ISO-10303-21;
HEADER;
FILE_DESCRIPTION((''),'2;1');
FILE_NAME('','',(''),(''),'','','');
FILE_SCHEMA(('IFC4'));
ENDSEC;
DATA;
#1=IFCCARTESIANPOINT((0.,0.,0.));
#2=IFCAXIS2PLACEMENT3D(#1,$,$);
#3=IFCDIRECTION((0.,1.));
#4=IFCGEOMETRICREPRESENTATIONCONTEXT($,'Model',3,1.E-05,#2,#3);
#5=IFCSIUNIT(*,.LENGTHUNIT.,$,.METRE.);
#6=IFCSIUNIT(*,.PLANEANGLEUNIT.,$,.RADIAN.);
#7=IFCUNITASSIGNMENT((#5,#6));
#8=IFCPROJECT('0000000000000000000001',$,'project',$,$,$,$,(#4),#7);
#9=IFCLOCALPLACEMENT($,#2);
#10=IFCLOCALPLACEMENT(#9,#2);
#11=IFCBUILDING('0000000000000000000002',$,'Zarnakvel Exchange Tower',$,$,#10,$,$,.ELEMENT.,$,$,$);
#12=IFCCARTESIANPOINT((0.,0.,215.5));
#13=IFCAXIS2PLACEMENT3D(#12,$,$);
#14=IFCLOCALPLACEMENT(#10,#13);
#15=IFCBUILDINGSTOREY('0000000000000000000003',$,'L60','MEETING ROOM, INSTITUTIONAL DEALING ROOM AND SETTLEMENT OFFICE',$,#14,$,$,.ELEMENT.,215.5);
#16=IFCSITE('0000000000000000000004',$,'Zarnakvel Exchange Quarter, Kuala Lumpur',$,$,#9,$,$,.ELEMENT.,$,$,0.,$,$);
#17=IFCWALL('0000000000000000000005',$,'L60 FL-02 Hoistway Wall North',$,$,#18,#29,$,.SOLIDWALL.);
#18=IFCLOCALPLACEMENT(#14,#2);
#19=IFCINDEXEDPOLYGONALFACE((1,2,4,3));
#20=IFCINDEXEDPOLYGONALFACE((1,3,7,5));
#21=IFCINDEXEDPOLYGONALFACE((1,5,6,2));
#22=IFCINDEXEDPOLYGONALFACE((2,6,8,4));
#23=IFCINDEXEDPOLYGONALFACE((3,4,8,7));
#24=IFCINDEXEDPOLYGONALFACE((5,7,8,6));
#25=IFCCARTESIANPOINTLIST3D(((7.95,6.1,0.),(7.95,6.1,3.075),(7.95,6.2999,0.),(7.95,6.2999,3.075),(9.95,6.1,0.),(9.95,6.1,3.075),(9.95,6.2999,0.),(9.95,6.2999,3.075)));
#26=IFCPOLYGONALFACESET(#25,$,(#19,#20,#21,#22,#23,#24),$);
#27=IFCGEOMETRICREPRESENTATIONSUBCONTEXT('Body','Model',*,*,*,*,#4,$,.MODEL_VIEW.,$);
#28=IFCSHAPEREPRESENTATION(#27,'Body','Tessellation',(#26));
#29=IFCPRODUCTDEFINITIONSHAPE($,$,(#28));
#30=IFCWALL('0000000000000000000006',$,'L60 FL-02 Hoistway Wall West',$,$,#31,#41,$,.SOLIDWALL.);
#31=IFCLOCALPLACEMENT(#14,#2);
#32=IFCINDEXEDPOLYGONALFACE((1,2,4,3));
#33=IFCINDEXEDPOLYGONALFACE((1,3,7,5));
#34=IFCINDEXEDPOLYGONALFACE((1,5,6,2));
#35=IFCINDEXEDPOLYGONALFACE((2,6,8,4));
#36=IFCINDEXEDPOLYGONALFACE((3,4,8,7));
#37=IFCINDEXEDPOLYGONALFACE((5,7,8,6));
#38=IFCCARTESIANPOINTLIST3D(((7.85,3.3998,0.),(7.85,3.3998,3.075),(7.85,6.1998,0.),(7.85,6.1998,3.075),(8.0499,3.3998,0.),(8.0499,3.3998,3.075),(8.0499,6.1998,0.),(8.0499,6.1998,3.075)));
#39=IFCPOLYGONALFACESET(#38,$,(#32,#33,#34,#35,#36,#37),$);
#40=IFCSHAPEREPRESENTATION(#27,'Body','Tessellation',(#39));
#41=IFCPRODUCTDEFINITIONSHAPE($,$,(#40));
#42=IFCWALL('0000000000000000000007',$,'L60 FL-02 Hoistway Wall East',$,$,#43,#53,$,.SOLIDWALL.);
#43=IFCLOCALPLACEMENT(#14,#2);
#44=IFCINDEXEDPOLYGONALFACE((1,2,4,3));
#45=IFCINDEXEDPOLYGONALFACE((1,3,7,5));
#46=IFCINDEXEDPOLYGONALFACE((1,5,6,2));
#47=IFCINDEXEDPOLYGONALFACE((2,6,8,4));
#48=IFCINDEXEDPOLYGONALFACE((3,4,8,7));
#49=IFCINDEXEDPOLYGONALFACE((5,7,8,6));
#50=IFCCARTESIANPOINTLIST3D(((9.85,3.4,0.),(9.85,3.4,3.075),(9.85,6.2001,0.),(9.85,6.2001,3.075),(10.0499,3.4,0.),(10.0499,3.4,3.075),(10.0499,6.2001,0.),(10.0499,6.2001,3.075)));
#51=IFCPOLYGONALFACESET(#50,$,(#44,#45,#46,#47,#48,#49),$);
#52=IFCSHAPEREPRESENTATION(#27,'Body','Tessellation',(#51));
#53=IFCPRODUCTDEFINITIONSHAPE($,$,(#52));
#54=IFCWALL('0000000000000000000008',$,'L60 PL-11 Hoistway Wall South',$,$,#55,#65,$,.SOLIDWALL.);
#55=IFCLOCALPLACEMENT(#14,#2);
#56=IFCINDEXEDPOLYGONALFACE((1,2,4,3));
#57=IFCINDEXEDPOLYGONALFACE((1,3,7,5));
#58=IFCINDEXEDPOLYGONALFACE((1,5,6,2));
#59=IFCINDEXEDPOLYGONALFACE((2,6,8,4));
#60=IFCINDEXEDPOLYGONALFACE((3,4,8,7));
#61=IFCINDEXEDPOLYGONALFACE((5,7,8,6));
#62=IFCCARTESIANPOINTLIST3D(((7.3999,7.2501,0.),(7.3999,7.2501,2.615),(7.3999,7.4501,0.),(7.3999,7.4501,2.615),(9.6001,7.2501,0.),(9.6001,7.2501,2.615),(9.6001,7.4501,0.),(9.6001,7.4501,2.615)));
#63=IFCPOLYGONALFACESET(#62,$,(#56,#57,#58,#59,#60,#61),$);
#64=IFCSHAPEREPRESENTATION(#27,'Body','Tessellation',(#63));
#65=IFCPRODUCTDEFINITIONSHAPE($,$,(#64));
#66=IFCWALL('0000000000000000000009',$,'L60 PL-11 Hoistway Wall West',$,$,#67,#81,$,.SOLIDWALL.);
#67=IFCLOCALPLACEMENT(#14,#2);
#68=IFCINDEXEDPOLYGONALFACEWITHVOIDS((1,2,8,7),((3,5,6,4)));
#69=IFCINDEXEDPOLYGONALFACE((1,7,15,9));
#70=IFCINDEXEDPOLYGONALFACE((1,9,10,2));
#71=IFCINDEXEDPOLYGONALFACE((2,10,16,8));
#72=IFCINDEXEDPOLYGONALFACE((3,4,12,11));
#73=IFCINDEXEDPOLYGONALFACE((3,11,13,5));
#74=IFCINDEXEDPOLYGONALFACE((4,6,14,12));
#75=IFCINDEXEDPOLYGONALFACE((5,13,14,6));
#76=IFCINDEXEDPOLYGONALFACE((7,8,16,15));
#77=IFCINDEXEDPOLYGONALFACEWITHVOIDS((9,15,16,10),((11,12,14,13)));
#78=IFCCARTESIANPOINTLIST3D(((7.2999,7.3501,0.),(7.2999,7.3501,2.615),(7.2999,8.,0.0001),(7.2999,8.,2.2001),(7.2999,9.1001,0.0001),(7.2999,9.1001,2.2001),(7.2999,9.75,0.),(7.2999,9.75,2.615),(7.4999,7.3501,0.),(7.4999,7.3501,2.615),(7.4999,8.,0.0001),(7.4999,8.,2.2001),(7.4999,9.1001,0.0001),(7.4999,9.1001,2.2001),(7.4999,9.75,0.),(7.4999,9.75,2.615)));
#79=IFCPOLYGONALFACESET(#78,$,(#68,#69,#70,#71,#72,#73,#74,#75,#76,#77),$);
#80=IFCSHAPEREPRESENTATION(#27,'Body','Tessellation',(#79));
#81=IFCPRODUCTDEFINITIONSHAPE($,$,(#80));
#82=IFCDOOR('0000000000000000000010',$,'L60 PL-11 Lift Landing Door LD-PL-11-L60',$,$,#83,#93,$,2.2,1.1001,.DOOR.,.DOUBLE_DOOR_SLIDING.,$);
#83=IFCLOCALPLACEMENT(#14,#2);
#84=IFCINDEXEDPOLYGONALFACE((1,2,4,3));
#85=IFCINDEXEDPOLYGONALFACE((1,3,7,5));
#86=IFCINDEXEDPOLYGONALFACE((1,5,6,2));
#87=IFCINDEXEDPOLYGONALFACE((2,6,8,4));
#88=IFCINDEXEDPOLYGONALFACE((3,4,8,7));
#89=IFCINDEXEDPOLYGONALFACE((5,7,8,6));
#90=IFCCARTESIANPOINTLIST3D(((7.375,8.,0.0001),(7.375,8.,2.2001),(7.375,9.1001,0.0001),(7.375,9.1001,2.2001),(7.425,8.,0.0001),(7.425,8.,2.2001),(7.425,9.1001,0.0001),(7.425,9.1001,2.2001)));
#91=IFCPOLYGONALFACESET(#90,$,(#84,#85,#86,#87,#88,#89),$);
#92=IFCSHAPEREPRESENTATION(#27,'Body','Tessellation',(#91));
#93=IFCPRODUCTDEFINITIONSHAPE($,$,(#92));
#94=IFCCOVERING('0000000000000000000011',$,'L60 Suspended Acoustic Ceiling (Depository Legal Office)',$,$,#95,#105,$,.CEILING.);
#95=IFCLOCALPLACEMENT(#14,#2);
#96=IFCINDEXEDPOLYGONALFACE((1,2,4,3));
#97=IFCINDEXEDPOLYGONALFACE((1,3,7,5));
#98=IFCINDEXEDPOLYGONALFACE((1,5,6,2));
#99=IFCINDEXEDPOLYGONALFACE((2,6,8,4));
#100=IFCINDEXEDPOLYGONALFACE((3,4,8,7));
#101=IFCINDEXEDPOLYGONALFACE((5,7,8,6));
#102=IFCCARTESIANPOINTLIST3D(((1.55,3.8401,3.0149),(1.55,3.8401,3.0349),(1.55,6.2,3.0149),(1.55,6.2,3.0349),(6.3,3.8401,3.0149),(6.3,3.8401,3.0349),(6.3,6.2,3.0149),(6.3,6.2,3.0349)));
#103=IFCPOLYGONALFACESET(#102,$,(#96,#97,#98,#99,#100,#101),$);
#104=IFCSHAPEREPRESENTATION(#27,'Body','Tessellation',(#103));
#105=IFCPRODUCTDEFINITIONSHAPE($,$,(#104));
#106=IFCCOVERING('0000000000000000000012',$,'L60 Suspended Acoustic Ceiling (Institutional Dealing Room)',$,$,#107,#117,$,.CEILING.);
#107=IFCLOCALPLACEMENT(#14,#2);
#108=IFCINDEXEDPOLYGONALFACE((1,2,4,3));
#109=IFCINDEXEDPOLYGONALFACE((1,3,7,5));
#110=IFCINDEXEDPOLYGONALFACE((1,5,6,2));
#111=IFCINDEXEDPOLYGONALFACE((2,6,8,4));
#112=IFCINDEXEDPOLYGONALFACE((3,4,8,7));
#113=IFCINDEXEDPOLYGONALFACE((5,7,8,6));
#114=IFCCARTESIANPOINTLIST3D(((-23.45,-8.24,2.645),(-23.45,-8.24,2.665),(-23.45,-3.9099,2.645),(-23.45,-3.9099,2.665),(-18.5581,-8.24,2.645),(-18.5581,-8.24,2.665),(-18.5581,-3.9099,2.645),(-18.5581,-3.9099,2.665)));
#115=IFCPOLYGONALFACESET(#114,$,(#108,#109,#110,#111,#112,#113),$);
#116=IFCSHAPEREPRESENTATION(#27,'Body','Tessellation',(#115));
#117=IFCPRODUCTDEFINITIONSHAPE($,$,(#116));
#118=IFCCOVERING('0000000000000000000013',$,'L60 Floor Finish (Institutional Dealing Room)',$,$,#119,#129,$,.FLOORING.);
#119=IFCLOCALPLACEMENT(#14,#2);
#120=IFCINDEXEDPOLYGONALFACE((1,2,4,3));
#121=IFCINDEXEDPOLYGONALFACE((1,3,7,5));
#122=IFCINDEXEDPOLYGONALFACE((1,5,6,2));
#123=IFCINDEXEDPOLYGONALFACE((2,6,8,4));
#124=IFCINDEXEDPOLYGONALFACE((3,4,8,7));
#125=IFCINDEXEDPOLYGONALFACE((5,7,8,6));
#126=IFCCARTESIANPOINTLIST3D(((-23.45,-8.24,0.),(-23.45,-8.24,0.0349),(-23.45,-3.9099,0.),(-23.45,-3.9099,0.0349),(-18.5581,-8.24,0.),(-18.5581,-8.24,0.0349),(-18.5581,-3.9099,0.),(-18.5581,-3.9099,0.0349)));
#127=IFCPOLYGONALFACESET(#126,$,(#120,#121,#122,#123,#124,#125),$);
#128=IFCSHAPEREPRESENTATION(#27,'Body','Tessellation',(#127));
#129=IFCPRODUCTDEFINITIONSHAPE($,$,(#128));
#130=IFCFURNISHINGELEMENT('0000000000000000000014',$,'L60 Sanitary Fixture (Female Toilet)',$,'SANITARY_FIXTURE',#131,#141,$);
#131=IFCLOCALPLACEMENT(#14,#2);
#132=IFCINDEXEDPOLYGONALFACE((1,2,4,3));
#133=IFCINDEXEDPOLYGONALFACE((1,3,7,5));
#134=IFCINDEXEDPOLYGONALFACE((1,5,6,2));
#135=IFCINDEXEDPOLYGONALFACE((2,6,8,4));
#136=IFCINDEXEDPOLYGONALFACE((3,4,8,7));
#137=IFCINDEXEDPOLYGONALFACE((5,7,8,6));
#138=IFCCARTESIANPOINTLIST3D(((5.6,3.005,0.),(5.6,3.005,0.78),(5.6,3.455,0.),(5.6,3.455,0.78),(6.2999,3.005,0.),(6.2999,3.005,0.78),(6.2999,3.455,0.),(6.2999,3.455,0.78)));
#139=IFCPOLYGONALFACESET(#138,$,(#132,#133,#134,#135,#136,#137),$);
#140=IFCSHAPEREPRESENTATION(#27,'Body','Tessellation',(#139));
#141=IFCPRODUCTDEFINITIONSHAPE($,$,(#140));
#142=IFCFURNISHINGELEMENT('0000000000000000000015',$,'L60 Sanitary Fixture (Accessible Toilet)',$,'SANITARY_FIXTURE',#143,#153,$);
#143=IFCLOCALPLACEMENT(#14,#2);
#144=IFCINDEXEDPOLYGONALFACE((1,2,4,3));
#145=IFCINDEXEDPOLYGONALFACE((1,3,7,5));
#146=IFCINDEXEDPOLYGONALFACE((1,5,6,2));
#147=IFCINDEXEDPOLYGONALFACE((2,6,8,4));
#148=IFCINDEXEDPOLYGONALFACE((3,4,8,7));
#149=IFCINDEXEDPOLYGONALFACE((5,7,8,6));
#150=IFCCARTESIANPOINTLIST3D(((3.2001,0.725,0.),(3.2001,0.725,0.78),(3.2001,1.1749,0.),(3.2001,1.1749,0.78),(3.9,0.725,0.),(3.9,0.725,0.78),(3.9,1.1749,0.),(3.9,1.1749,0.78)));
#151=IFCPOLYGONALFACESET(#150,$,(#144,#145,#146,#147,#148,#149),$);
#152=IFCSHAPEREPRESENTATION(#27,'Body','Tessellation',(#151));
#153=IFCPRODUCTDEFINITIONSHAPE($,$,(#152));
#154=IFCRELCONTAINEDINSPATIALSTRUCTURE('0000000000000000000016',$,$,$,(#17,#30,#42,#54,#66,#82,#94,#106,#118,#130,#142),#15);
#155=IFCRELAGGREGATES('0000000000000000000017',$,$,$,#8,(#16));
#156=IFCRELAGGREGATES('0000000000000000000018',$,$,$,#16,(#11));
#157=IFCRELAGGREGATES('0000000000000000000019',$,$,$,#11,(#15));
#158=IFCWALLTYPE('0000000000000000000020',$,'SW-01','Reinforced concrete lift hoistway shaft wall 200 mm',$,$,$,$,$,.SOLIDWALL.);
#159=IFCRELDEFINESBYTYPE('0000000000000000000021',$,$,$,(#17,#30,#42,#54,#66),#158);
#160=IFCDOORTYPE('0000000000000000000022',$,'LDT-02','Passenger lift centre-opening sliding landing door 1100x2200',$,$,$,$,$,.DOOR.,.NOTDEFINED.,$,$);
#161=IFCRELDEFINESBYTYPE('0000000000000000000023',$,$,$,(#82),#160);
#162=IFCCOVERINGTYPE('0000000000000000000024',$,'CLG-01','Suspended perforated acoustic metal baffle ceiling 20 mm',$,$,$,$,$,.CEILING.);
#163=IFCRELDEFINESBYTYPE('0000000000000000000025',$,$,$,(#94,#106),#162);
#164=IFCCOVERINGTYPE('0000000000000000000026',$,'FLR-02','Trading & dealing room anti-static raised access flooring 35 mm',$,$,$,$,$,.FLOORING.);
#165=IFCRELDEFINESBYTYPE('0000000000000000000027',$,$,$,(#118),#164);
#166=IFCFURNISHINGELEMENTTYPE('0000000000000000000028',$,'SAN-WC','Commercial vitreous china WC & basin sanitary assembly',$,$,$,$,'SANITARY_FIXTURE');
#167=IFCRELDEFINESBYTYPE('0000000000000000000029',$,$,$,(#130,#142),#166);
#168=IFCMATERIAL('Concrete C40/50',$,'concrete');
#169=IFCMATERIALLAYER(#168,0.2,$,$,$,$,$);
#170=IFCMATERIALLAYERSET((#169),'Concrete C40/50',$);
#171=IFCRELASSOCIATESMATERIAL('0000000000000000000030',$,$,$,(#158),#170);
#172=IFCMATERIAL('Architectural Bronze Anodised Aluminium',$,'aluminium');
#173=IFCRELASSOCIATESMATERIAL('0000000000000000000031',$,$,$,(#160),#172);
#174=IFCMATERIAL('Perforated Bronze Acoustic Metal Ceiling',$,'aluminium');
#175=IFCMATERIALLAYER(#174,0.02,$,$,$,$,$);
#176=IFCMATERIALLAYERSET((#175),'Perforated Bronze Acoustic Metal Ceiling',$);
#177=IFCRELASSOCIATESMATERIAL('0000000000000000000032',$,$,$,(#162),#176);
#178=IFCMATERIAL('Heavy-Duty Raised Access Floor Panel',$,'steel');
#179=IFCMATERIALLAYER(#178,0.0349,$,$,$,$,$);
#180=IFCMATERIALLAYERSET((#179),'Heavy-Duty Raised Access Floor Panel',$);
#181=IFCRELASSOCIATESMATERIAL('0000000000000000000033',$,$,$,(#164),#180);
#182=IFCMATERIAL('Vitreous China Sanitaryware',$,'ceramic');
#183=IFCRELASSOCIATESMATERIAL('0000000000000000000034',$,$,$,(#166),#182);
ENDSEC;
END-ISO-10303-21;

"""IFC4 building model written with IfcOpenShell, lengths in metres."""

from ifc_helpers import new_model, si_unit, direction, frame, frame_2d, origin, origin_2d, place, context, subcontext, project, spatial, polyline, rectangle, outline, extrude, source, transform, mapped, material, layer, layer_set, type_object, element, fill, save


model = new_model("IFC4")

# Units and contexts
model_context = context("Model", 3, precision=1e-05, world=origin(), true_north=direction((0.0, 1.0)))
body_context = subcontext(model_context, "Body", "Model", "MODEL_VIEW")
ifc_project = project(units=[si_unit("LENGTHUNIT", "METRE"), si_unit("PLANEANGLEUNIT", "RADIAN")], contexts=[model_context])

# Site, building, storey
site_placement = place(None, origin())
site = spatial("IfcSite", under=ifc_project, at=site_placement, Name="Zarnakvel Exchange Quarter, Kuala Lumpur", CompositionType="ELEMENT", RefElevation=0.0)
building_placement = place(site_placement, origin())
building = spatial("IfcBuilding", under=site, at=building_placement, Name="Zarnakvel Exchange Tower", CompositionType="ELEMENT")
storey_placement = place(building_placement, frame((0.0, 0.0, 215.5)))
storey = spatial("IfcBuildingStorey", under=building, at=storey_placement, Name="L60", Description="MEETING ROOM, INSTITUTIONAL DEALING ROOM AND SETTLEMENT OFFICE", CompositionType="ELEMENT", Elevation=215.5)

# Shared definitions
ifc_material_1 = material(Name="Concrete C40/50", Category="concrete")
ifc_layer_1 = layer(ifc_material_1, 0.2)
ifc_layer_set_1 = layer_set([ifc_layer_1], Name="Concrete C40/50")
wall_type_1 = type_object("IfcWallType", Name="SW-01", Description="Reinforced concrete lift hoistway shaft wall 200 mm", PredefinedType="SOLIDWALL", material=ifc_layer_set_1)
shared_shape_1 = source(origin(), body_context, "Body", "SweptSolid", [
    extrude(rectangle(XDim=1.1001, YDim=2.2, at=frame_2d((0.55, 1.1001))), frame((0.0, 0.0249, 0.0), z_axis=(0.0, -1.0, 0.0), x_axis=(1.0, 0.0, 0.0)), (0.0, 0.0, 1.0), 0.05),
])

# Walls
wall_1_placement = place(storey_placement, frame((7.95, 6.2, 0.0), z_axis=(0.0, 0.0, 1.0), x_axis=(1.0, 0.0, 0.0)))
element("IfcWall", 1, at=wall_1_placement, inside=storey, type_object=wall_type_1, Name="L60 FL-02 Hoistway Wall North", PredefinedType="SOLIDWALL", context=body_context, shape_type="SweptSolid", body=[
    extrude(rectangle(XDim=2.0, YDim=0.2, at=frame_2d((1.0, 0.0))), origin(), (0.0, 0.0, 1.0), 3.075),
])
for number, where, z_axis, x_axis, name in (
    (2, (7.95, 3.3999, 0.0), (0.0, 0.0, 1.0), (0.0, 1.0, 0.0), "L60 FL-02 Hoistway Wall West"),
    (3, (9.95, 6.2, 0.0), (0.0, 0.0, 1.0), (0.0, -1.0, 0.0), "L60 FL-02 Hoistway Wall East"),
):
    element("IfcWall", number, at=place(storey_placement, frame(where, z_axis=z_axis, x_axis=x_axis)), inside=storey, type_object=wall_type_1, Name=name, PredefinedType="SOLIDWALL", context=body_context, shape_type="SweptSolid", body=[
        extrude(rectangle(XDim=2.8, YDim=0.2, at=frame_2d((1.3999, 0.0))), origin(), (0.0, 0.0, 1.0), 3.075),
    ])
wall_2_placement = place(storey_placement, frame((9.6001, 7.3501, 0.0), z_axis=(0.0, 0.0, 1.0), x_axis=(-1.0, 0.0, 0.0)))
element("IfcWall", 4, at=wall_2_placement, inside=storey, type_object=wall_type_1, Name="L60 PL-11 Hoistway Wall South", PredefinedType="SOLIDWALL", context=body_context, shape_type="SweptSolid", body=[
    extrude(rectangle(XDim=2.2002, YDim=0.2, at=frame_2d((1.1001, 0.0))), origin(), (0.0, 0.0, 1.0), 2.615),
])

# Wall, opening, door
wall_3_placement = place(storey_placement, frame((7.3999, 7.3501, 0.0), z_axis=(0.0, 0.0, 1.0), x_axis=(0.0, 1.0, 0.0)))
wall_3 = element("IfcWall", 5, at=wall_3_placement, inside=storey, type_object=wall_type_1, Name="L60 PL-11 Hoistway Wall West", PredefinedType="SOLIDWALL", context=body_context, shape_type="SweptSolid", body=[
    extrude(rectangle(XDim=2.3999, YDim=0.2, at=frame_2d((1.2, 0.0))), origin(), (0.0, 0.0, 1.0), 2.615),
])
opening_1_placement = place(wall_3_placement, frame((0.6499, 0.0, 0.0)))
opening_1 = element("IfcOpeningElement", 6, at=opening_1_placement, cuts=wall_3, PredefinedType="OPENING", context=body_context, shape_type="SweptSolid", body=[
    extrude(rectangle(XDim=1.1001, YDim=2.2, at=frame_2d((0.55, 1.1001))), frame((0.0, 0.1099, 0.0), z_axis=(0.0, -1.0, 0.0), x_axis=(1.0, 0.0, 0.0)), (0.0, 0.0, 1.0), 0.22),
])
ifc_material_2 = material(Name="Architectural Bronze Anodised Aluminium", Category="aluminium")
door_type_1 = type_object("IfcDoorType", Name="LDT-02", Description="Passenger lift centre-opening sliding landing door 1100x2200", OperationType="NOTDEFINED", PredefinedType="DOOR", material=ifc_material_2)
door_1_placement = place(opening_1_placement, origin())
door_1 = element("IfcDoor", 7, at=door_1_placement, inside=storey, type_object=door_type_1, Name="L60 PL-11 Lift Landing Door LD-PL-11-L60", OperationType="DOUBLE_DOOR_SLIDING", OverallHeight=2.2, OverallWidth=1.1001, PredefinedType="DOOR", context=body_context, shape_type="MappedRepresentation", body=[
    mapped(shared_shape_1, transform((0.0, 0.0, 0.0), x_axis=(1.0, 0.0, 0.0), y_axis=(0.0, 1.0, 0.0), z_axis=(0.0, 0.0, 1.0), scale=1.0)),
])
fill(opening_1, door_1)

# Coverings
ifc_material_3 = material(Name="Perforated Bronze Acoustic Metal Ceiling", Category="aluminium")
ifc_layer_2 = layer(ifc_material_3, 0.02)
ifc_layer_set_2 = layer_set([ifc_layer_2], Name="Perforated Bronze Acoustic Metal Ceiling")
covering_type_1 = type_object("IfcCoveringType", Name="CLG-01", Description="Suspended perforated acoustic metal baffle ceiling 20 mm", PredefinedType="CEILING", material=ifc_layer_set_2)
covering_1_placement = place(storey_placement, frame((0.0, 0.0, 3.0149)))
element("IfcCovering", 8, at=covering_1_placement, inside=storey, type_object=covering_type_1, Name="L60 Suspended Acoustic Ceiling (Depository Legal Office)", PredefinedType="CEILING", context=body_context, shape_type="SweptSolid", body=[
    extrude(outline(polyline([(1.55, 6.2), (6.3, 6.2), (6.3, 3.8401), (1.55, 3.8401), (1.55, 6.2)])), origin(), (0.0, 0.0, 1.0), 0.02),
])
covering_2_placement = place(storey_placement, frame((0.0, 0.0, 2.645)))
element("IfcCovering", 9, at=covering_2_placement, inside=storey, type_object=covering_type_1, Name="L60 Suspended Acoustic Ceiling (Institutional Dealing Room)", PredefinedType="CEILING", context=body_context, shape_type="SweptSolid", body=[
    extrude(outline(polyline([(-23.45, -3.9099), (-18.5581, -3.9099), (-18.5581, -8.24), (-23.45, -8.24), (-23.45, -3.9099)])), origin(), (0.0, 0.0, 1.0), 0.02),
])
ifc_material_4 = material(Name="Heavy-Duty Raised Access Floor Panel", Category="steel")
ifc_layer_3 = layer(ifc_material_4, 0.0349)
ifc_layer_set_3 = layer_set([ifc_layer_3], Name="Heavy-Duty Raised Access Floor Panel")
covering_type_2 = type_object("IfcCoveringType", Name="FLR-02", Description="Trading & dealing room anti-static raised access flooring 35 mm", PredefinedType="FLOORING", material=ifc_layer_set_3)
covering_3_placement = place(storey_placement, origin())
element("IfcCovering", 10, at=covering_3_placement, inside=storey, type_object=covering_type_2, Name="L60 Floor Finish (Institutional Dealing Room)", PredefinedType="FLOORING", context=body_context, shape_type="SweptSolid", body=[
    extrude(outline(polyline([(-23.45, -3.9099), (-18.5581, -3.9099), (-18.5581, -8.24), (-23.45, -8.24), (-23.45, -3.9099)])), origin(), (0.0, 0.0, 1.0), 0.0349),
])

# Furnishing elements
ifc_material_5 = material(Name="Vitreous China Sanitaryware", Category="ceramic")
furnishing_element_type = type_object("IfcFurnishingElementType", Name="SAN-WC", Description="Commercial vitreous china WC & basin sanitary assembly", ElementType="SANITARY_FIXTURE", material=ifc_material_5)
shared_shape_2 = source(origin(), body_context, "Body", "SweptSolid", [
    extrude(rectangle(XDim=0.7, YDim=0.45, at=origin_2d()), origin(), (0.0, 0.0, 1.0), 0.78),
])
for number, where, z_axis, x_axis, name in (
    (11, (5.95, 3.23, 0.0), (0.0, 0.0, 1.0), (1.0, 0.0, 0.0), "L60 Sanitary Fixture (Female Toilet)"),
    (12, (3.55, 0.95, 0.0), (0.0, 0.0, 1.0), (1.0, 0.0, 0.0), "L60 Sanitary Fixture (Accessible Toilet)"),
):
    element("IfcFurnishingElement", number, at=place(storey_placement, frame(where, z_axis=z_axis, x_axis=x_axis)), inside=storey, type_object=furnishing_element_type, Name=name, ObjectType="SANITARY_FIXTURE", context=body_context, shape_type="MappedRepresentation", body=[
        mapped(shared_shape_2, transform((0.0, 0.0, 0.0), x_axis=(1.0, 0.0, 0.0), y_axis=(0.0, 1.0, 0.0), z_axis=(0.0, 0.0, 1.0), scale=1.0)),
    ])

save(model, "model.ifc")
